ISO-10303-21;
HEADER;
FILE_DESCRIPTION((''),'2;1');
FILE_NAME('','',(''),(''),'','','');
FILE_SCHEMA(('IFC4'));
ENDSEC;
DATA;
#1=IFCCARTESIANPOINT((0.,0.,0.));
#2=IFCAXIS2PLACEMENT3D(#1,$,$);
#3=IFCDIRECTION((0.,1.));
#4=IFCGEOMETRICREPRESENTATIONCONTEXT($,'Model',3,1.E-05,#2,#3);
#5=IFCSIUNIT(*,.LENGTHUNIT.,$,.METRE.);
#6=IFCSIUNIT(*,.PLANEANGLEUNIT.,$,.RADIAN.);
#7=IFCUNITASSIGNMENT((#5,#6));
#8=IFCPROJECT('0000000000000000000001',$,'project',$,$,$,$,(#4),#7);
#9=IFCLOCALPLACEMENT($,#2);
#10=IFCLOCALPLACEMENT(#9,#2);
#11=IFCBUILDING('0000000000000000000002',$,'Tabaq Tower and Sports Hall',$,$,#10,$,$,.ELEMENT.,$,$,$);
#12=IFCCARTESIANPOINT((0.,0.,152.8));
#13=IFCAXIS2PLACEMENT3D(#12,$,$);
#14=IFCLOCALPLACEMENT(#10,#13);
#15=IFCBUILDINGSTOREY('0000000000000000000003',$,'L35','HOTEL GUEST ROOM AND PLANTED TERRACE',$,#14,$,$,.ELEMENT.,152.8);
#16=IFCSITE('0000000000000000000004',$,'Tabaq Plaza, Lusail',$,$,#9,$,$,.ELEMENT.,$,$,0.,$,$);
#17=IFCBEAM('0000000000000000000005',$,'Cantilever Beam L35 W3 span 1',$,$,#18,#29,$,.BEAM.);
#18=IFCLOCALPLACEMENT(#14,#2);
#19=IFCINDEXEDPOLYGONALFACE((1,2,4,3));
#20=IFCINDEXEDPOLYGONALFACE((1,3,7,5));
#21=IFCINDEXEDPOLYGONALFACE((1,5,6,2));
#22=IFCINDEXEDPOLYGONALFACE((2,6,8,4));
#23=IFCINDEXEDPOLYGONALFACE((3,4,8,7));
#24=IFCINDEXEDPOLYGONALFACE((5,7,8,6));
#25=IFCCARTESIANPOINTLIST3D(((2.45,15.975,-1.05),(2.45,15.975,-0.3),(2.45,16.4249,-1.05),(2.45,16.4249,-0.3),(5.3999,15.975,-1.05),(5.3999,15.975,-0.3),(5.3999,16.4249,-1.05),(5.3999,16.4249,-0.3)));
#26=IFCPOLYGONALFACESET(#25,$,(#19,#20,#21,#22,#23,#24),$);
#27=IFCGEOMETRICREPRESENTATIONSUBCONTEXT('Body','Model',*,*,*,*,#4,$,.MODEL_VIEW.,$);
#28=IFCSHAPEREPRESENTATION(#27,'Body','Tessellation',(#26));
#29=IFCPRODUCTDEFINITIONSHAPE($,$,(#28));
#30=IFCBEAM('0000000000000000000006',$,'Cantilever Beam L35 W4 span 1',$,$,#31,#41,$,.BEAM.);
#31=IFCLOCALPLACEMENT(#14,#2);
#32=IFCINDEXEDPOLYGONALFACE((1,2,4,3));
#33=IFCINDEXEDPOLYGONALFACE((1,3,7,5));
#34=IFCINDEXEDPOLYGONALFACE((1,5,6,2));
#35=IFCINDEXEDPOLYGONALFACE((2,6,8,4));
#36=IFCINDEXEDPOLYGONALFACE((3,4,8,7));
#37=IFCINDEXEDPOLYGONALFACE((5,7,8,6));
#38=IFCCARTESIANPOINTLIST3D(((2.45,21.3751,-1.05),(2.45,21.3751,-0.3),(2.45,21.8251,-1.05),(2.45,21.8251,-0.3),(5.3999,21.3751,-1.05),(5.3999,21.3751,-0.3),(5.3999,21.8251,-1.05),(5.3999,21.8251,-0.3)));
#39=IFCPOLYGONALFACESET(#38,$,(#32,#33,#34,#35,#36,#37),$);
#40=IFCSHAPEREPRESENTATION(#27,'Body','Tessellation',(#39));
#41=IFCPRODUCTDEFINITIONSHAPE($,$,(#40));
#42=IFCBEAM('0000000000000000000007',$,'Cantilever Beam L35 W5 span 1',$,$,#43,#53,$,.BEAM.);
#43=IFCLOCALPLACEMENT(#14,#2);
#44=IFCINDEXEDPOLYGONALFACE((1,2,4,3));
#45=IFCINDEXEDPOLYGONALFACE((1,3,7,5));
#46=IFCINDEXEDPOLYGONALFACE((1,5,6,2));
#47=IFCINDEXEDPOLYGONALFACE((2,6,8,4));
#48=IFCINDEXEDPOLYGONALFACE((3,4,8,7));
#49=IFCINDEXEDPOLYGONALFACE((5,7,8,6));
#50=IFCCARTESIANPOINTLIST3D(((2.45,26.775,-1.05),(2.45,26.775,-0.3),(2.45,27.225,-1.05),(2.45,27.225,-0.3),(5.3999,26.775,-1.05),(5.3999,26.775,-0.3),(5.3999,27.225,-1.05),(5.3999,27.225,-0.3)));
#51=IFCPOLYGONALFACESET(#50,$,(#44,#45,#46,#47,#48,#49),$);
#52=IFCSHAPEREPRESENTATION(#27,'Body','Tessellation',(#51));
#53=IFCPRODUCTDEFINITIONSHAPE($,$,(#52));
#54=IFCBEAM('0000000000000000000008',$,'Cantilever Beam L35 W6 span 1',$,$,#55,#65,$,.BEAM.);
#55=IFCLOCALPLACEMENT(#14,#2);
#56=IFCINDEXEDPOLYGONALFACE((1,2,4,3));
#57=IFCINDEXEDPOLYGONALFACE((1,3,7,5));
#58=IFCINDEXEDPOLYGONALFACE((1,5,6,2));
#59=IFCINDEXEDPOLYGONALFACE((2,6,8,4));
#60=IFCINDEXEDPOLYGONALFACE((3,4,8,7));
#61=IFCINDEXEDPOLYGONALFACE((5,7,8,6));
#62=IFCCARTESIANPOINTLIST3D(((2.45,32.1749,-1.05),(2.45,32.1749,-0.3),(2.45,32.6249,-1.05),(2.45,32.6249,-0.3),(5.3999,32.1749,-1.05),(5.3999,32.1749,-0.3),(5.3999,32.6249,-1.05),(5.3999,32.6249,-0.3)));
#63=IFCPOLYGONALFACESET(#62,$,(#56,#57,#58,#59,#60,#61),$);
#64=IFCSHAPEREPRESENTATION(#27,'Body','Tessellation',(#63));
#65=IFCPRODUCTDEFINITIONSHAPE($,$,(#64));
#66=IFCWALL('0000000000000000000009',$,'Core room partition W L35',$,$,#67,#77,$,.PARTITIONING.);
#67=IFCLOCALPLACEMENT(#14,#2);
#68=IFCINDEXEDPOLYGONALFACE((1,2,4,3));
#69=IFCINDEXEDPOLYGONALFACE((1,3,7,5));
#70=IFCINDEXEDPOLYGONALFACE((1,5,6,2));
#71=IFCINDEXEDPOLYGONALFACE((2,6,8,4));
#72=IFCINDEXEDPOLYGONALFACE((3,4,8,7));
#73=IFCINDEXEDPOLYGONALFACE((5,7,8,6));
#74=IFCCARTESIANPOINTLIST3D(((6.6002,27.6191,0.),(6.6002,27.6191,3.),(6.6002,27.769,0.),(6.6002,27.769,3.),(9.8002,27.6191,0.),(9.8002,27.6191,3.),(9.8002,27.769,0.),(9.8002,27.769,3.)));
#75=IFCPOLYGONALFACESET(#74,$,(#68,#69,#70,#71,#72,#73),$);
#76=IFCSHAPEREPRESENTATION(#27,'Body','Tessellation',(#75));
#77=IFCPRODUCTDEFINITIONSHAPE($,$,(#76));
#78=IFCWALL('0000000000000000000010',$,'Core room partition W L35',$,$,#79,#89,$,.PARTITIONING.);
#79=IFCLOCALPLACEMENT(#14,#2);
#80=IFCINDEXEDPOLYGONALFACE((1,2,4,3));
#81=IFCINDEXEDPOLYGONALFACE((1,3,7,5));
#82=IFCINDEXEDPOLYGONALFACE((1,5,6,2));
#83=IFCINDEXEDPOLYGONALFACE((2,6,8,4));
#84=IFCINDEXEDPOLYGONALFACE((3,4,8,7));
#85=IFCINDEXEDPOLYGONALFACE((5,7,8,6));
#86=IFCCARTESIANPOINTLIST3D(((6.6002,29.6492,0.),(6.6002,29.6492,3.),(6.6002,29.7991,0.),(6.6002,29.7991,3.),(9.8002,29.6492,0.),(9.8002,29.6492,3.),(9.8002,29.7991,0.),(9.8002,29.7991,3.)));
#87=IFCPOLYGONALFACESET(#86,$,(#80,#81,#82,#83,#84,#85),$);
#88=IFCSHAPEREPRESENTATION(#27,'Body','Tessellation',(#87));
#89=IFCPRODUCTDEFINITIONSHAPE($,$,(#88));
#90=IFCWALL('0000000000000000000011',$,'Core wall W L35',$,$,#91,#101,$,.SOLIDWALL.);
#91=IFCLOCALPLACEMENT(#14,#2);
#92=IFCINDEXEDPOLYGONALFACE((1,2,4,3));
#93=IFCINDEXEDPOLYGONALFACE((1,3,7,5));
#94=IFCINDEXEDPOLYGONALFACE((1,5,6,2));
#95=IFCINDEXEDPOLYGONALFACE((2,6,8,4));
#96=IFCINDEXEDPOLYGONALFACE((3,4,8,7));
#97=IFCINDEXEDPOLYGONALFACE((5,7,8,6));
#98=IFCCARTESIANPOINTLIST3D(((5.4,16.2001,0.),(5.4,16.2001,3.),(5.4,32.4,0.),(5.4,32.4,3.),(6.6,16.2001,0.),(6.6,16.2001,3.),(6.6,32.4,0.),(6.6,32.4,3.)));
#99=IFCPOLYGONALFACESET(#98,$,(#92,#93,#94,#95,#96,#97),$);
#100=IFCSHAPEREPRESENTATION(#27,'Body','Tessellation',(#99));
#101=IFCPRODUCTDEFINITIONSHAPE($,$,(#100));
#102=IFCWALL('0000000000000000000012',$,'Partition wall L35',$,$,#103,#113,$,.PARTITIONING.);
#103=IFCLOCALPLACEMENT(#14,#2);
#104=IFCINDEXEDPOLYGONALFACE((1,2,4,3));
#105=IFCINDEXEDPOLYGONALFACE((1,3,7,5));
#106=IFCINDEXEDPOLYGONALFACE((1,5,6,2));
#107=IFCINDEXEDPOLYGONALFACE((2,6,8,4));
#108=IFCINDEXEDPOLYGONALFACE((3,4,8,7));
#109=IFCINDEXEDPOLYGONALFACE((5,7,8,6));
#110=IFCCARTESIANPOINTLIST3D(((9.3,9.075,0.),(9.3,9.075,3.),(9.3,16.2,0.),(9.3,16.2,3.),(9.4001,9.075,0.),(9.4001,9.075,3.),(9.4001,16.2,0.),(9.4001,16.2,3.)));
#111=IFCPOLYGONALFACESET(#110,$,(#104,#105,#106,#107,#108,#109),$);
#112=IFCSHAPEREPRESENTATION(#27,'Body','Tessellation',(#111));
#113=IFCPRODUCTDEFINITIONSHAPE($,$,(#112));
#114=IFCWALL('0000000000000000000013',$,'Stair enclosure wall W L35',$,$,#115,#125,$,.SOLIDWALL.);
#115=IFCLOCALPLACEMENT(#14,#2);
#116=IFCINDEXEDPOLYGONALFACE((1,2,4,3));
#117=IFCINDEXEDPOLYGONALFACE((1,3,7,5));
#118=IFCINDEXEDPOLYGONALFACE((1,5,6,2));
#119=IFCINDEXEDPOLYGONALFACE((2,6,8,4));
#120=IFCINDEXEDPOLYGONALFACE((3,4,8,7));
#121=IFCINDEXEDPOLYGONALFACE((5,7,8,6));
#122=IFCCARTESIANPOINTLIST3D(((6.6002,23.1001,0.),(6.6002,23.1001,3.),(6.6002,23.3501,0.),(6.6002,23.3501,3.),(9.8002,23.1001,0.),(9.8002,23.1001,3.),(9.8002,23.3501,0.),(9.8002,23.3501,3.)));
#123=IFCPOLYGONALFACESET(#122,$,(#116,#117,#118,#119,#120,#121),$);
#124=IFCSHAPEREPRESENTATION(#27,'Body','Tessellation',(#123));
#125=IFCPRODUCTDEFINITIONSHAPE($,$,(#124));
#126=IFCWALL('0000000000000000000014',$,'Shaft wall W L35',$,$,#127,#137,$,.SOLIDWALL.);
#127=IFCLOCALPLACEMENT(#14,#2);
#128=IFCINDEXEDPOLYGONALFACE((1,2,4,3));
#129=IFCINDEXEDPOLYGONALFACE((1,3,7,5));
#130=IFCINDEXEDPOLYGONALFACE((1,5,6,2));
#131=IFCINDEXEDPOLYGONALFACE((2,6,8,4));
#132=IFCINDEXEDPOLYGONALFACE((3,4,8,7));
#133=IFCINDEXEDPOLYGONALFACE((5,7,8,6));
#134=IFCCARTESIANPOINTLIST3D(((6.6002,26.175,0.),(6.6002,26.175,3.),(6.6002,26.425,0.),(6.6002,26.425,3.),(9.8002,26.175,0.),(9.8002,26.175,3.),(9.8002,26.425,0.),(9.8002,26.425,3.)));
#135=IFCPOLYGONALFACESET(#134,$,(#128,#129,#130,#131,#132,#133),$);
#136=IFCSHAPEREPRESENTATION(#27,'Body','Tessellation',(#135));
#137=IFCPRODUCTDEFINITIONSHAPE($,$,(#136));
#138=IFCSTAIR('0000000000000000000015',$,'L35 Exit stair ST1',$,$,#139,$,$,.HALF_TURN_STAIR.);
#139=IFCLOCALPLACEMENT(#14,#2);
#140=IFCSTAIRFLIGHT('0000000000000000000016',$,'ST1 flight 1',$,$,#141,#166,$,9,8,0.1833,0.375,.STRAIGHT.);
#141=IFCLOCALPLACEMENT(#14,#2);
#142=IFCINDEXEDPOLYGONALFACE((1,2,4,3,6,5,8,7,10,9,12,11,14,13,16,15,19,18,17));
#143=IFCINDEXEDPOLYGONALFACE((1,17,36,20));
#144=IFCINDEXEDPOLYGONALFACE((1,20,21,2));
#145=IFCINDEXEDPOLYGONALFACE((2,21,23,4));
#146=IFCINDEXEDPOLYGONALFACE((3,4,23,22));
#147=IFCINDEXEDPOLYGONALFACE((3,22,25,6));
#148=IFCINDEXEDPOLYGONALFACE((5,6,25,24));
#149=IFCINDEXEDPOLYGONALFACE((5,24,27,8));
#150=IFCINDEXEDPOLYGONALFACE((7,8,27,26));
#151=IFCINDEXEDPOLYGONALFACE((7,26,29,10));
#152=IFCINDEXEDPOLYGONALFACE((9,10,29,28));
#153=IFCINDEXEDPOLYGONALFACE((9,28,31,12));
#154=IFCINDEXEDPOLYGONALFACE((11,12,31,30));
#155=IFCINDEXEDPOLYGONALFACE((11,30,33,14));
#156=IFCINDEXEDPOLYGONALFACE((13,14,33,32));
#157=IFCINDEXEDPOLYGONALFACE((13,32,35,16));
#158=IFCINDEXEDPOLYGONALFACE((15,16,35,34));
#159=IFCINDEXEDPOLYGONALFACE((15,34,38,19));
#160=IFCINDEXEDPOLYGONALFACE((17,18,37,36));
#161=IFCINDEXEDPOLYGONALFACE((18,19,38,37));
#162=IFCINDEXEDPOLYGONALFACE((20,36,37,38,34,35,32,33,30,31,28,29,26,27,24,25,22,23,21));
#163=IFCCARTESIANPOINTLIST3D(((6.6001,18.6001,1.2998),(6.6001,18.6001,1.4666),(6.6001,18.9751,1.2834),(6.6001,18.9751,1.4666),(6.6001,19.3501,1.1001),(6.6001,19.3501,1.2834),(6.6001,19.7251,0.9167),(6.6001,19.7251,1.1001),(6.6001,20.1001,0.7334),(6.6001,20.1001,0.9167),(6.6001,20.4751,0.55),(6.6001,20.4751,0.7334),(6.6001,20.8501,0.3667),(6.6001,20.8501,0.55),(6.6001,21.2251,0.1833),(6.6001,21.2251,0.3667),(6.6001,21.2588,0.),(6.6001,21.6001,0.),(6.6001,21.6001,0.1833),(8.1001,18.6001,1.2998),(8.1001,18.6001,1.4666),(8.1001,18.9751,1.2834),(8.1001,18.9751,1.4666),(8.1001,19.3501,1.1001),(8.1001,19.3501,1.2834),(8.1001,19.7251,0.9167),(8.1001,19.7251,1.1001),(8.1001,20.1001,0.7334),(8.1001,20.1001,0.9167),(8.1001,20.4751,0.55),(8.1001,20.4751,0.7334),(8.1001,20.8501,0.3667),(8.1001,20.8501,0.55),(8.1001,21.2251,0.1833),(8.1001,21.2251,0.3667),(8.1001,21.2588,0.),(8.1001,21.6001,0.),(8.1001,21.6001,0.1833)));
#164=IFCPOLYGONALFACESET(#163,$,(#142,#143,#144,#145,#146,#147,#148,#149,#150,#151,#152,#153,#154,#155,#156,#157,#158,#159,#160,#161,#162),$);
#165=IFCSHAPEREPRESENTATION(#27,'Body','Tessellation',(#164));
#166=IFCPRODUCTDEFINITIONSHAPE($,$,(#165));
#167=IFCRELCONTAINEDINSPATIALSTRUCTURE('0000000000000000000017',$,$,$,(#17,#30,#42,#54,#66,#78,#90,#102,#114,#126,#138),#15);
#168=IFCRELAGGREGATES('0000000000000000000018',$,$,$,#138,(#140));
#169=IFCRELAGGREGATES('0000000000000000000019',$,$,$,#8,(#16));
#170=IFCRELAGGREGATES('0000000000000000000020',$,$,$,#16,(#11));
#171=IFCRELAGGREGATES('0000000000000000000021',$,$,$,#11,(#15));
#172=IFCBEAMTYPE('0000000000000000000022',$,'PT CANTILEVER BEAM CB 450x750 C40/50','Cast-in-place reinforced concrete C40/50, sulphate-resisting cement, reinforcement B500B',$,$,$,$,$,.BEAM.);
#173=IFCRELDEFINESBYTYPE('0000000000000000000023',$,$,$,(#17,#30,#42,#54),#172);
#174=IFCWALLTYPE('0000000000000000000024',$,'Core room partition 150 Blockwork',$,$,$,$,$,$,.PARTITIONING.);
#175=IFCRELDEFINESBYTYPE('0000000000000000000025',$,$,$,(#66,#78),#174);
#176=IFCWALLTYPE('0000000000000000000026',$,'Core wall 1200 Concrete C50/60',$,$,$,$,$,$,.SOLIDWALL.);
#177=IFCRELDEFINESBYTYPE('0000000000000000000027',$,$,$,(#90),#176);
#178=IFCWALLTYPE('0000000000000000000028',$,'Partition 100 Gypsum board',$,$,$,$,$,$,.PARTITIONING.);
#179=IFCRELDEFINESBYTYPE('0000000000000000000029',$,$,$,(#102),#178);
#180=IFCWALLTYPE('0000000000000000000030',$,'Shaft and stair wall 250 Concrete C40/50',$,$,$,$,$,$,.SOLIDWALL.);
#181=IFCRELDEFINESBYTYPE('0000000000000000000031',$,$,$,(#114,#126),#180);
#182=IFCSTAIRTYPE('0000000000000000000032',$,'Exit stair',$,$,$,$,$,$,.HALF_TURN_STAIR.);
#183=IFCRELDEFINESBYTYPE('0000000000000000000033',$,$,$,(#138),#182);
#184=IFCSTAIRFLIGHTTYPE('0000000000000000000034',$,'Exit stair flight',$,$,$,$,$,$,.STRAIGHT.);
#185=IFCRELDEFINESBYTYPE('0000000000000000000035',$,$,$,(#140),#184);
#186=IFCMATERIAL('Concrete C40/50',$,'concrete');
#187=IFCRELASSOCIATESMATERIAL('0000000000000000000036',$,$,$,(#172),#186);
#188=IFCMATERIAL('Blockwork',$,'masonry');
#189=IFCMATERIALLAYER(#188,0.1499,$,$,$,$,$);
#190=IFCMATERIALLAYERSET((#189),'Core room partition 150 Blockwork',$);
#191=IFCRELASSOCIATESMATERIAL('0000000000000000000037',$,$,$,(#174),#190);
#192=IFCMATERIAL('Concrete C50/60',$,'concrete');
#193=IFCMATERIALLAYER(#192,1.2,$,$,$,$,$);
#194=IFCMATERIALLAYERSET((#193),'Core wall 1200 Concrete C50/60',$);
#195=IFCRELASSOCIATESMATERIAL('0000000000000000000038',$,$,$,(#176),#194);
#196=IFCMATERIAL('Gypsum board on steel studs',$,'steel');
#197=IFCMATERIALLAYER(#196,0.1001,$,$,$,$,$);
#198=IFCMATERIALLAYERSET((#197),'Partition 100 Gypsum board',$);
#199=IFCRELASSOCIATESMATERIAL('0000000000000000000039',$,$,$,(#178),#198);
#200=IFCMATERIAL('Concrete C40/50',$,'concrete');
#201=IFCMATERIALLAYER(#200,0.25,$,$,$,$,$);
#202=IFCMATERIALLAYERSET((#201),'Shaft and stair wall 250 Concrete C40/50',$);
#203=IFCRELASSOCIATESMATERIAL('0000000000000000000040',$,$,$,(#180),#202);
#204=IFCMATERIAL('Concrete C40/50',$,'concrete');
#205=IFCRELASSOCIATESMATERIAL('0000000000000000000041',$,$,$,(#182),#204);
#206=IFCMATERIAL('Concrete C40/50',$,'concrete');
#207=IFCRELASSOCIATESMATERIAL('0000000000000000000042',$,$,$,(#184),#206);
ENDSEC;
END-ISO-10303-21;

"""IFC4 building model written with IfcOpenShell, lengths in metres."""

from ifc_helpers import new_model, si_unit, direction, frame, frame_2d, origin, origin_2d, place, context, subcontext, project, spatial, polyline, rectangle, outline, extrude, material, layer, layer_set, material_profile, profile_set, type_object, element, aggregate, save


model = new_model("IFC4")

# Units and contexts
model_context = context("Model", 3, precision=1e-05, world=origin(), true_north=direction((0.0, 1.0)))
body_context = subcontext(model_context, "Body", "Model", "MODEL_VIEW")
ifc_project = project(units=[si_unit("LENGTHUNIT", "METRE"), si_unit("PLANEANGLEUNIT", "RADIAN")], contexts=[model_context])

# Site, building, storey
site_placement = place(None, origin())
site = spatial("IfcSite", under=ifc_project, at=site_placement, Name="Tabaq Plaza, Lusail", CompositionType="ELEMENT", RefElevation=0.0)
building_placement = place(site_placement, origin())
building = spatial("IfcBuilding", under=site, at=building_placement, Name="Tabaq Tower and Sports Hall", CompositionType="ELEMENT")
storey_placement = place(building_placement, frame((0.0, 0.0, 152.8)))
storey = spatial("IfcBuildingStorey", under=building, at=storey_placement, Name="L35", Description="HOTEL GUEST ROOM AND PLANTED TERRACE", CompositionType="ELEMENT", Elevation=152.8)

# Beams
ifc_material_1 = material(Name="Concrete C40/50", Category="concrete")
ifc_material_profile = material_profile(ifc_material_1, rectangle(XDim=0.45, YDim=0.75, at=origin_2d()), Name="CB 450x750")
ifc_profile_set = profile_set([ifc_material_profile], Name="Concrete C40/50")
beam_type = type_object("IfcBeamType", Name="PT CANTILEVER BEAM CB 450x750 C40/50", Description="Cast-in-place reinforced concrete C40/50, sulphate-resisting cement, reinforcement B500B", PredefinedType="BEAM", material=ifc_profile_set)
for number, where, z_axis, x_axis, name in (
    (1, (2.45, 16.2, -0.675), (1.0, 0.0, 0.0), (0.0, 1.0, 0.0), "Cantilever Beam L35 W3 span 1"),
    (2, (2.45, 21.6001, -0.675), (1.0, 0.0, 0.0), (0.0, 1.0, 0.0), "Cantilever Beam L35 W4 span 1"),
    (3, (2.45, 27.0, -0.675), (1.0, 0.0, 0.0), (0.0, 1.0, 0.0), "Cantilever Beam L35 W5 span 1"),
    (4, (2.45, 32.3999, -0.675), (1.0, 0.0, 0.0), (0.0, 1.0, 0.0), "Cantilever Beam L35 W6 span 1"),
):
    element("IfcBeam", number, at=place(storey_placement, frame(where, z_axis=z_axis, x_axis=x_axis)), inside=storey, type_object=beam_type, Name=name, PredefinedType="BEAM", context=body_context, shape_type="SweptSolid", body=[
        extrude(rectangle(XDim=0.45, YDim=0.75, at=origin_2d()), origin(), (0.0, 0.0, 1.0), 2.95),
    ])

# Walls
ifc_material_2 = material(Name="Blockwork", Category="masonry")
ifc_layer_1 = layer(ifc_material_2, 0.1499)
ifc_layer_set_1 = layer_set([ifc_layer_1], Name="Core room partition 150 Blockwork")
wall_type_1 = type_object("IfcWallType", Name="Core room partition 150 Blockwork", PredefinedType="PARTITIONING", material=ifc_layer_set_1)
for number, where, z_axis, x_axis, name in (
    (5, (6.6001, 27.6941, 0.0), (0.0, 0.0, 1.0), (1.0, 0.0, 0.0), "Core room partition W L35"),
    (6, (6.6001, 29.7241, 0.0), (0.0, 0.0, 1.0), (1.0, 0.0, 0.0), "Core room partition W L35"),
):
    element("IfcWall", number, at=place(storey_placement, frame(where, z_axis=z_axis, x_axis=x_axis)), inside=storey, type_object=wall_type_1, Name=name, PredefinedType="PARTITIONING", context=body_context, shape_type="SweptSolid", body=[
        extrude(rectangle(XDim=3.2, YDim=0.1499, at=frame_2d((1.6001, 0.0))), origin(), (0.0, 0.0, 1.0), 3.0),
    ])
ifc_material_3 = material(Name="Concrete C50/60", Category="concrete")
ifc_layer_2 = layer(ifc_material_3, 1.2)
ifc_layer_set_2 = layer_set([ifc_layer_2], Name="Core wall 1200 Concrete C50/60")
wall_type_2 = type_object("IfcWallType", Name="Core wall 1200 Concrete C50/60", PredefinedType="SOLIDWALL", material=ifc_layer_set_2)
wall_1_placement = place(storey_placement, frame((6.0, 16.2, 0.0), z_axis=(0.0, 0.0, 1.0), x_axis=(0.0, 1.0, 0.0)))
element("IfcWall", 7, at=wall_1_placement, inside=storey, type_object=wall_type_2, Name="Core wall W L35", PredefinedType="SOLIDWALL", context=body_context, shape_type="SweptSolid", body=[
    extrude(rectangle(XDim=16.2, YDim=1.2, at=frame_2d((8.1001, 0.0))), origin(), (0.0, 0.0, 1.0), 3.0),
])
ifc_material_4 = material(Name="Gypsum board on steel studs", Category="steel")
ifc_layer_3 = layer(ifc_material_4, 0.1001)
ifc_layer_set_3 = layer_set([ifc_layer_3], Name="Partition 100 Gypsum board")
wall_type_3 = type_object("IfcWallType", Name="Partition 100 Gypsum board", PredefinedType="PARTITIONING", material=ifc_layer_set_3)
wall_2_placement = place(storey_placement, frame((9.3501, 16.2, 0.0), z_axis=(0.0, 0.0, 1.0), x_axis=(0.0, -1.0, 0.0)))
element("IfcWall", 8, at=wall_2_placement, inside=storey, type_object=wall_type_3, Name="Partition wall L35", PredefinedType="PARTITIONING", context=body_context, shape_type="SweptSolid", body=[
    extrude(rectangle(XDim=7.125, YDim=0.1001, at=frame_2d((3.5625, 0.0))), origin(), (0.0, 0.0, 1.0), 3.0),
])
ifc_material_5 = material(Name="Concrete C40/50", Category="concrete")
ifc_layer_4 = layer(ifc_material_5, 0.25)
ifc_layer_set_4 = layer_set([ifc_layer_4], Name="Shaft and stair wall 250 Concrete C40/50")
wall_type_4 = type_object("IfcWallType", Name="Shaft and stair wall 250 Concrete C40/50", PredefinedType="SOLIDWALL", material=ifc_layer_set_4)
for number, where, z_axis, x_axis, name in (
    (9, (6.6001, 23.2251, 0.0), (0.0, 0.0, 1.0), (1.0, 0.0, 0.0), "Stair enclosure wall W L35"),
    (10, (6.6001, 26.3, 0.0), (0.0, 0.0, 1.0), (1.0, 0.0, 0.0), "Shaft wall W L35"),
):
    element("IfcWall", number, at=place(storey_placement, frame(where, z_axis=z_axis, x_axis=x_axis)), inside=storey, type_object=wall_type_4, Name=name, PredefinedType="SOLIDWALL", context=body_context, shape_type="SweptSolid", body=[
        extrude(rectangle(XDim=3.2, YDim=0.25, at=frame_2d((1.6001, 0.0))), origin(), (0.0, 0.0, 1.0), 3.0),
    ])

# Stair, stair flight
ifc_material_6 = material(Name="Concrete C40/50", Category="concrete")
stair_type = type_object("IfcStairType", Name="Exit stair", PredefinedType="HALF_TURN_STAIR", material=ifc_material_6)
stair_placement = place(storey_placement, origin())
stair = element("IfcStair", 11, at=stair_placement, inside=storey, type_object=stair_type, Name="L35 Exit stair ST1", PredefinedType="HALF_TURN_STAIR")
ifc_material_7 = material(Name="Concrete C40/50", Category="concrete")
stair_flight_type = type_object("IfcStairFlightType", Name="Exit stair flight", PredefinedType="STRAIGHT", material=ifc_material_7)
stair_flight_placement = place(storey_placement, frame((7.3501, 21.6001, 0.0), z_axis=(0.0, 0.0, 1.0), x_axis=(0.0, -1.0, 0.0)))
stair_flight = element("IfcStairFlight", 12, at=stair_flight_placement, type_object=stair_flight_type, Name="ST1 flight 1", NumberOfRisers=9, NumberOfTreads=8, PredefinedType="STRAIGHT", RiserHeight=0.1833, TreadLength=0.375, context=body_context, shape_type="SweptSolid", body=[
    extrude(outline(polyline([(0.0, 0.0), (0.0, 0.1833), (0.375, 0.1833), (0.375, 0.3667), (0.75, 0.3667), (0.75, 0.55), (1.125, 0.55), (1.125, 0.7334), (1.5, 0.7334), (1.5, 0.9167), (1.875, 0.9167), (1.875, 1.1001), (2.25, 1.1001), (2.25, 1.2834), (2.625, 1.2834), (2.625, 1.4666), (3.0, 1.4666), (3.0, 1.6499), (3.0, 1.2998), (0.3413, 0.0), (0.0, 0.0)])), frame((0.0, 0.75, 0.0), z_axis=(0.0, -1.0, 0.0), x_axis=(1.0, 0.0, 0.0)), (0.0, 0.0, 1.0), 1.5),
])
aggregate(stair, [stair_flight])

save(model, "model.ifc")
